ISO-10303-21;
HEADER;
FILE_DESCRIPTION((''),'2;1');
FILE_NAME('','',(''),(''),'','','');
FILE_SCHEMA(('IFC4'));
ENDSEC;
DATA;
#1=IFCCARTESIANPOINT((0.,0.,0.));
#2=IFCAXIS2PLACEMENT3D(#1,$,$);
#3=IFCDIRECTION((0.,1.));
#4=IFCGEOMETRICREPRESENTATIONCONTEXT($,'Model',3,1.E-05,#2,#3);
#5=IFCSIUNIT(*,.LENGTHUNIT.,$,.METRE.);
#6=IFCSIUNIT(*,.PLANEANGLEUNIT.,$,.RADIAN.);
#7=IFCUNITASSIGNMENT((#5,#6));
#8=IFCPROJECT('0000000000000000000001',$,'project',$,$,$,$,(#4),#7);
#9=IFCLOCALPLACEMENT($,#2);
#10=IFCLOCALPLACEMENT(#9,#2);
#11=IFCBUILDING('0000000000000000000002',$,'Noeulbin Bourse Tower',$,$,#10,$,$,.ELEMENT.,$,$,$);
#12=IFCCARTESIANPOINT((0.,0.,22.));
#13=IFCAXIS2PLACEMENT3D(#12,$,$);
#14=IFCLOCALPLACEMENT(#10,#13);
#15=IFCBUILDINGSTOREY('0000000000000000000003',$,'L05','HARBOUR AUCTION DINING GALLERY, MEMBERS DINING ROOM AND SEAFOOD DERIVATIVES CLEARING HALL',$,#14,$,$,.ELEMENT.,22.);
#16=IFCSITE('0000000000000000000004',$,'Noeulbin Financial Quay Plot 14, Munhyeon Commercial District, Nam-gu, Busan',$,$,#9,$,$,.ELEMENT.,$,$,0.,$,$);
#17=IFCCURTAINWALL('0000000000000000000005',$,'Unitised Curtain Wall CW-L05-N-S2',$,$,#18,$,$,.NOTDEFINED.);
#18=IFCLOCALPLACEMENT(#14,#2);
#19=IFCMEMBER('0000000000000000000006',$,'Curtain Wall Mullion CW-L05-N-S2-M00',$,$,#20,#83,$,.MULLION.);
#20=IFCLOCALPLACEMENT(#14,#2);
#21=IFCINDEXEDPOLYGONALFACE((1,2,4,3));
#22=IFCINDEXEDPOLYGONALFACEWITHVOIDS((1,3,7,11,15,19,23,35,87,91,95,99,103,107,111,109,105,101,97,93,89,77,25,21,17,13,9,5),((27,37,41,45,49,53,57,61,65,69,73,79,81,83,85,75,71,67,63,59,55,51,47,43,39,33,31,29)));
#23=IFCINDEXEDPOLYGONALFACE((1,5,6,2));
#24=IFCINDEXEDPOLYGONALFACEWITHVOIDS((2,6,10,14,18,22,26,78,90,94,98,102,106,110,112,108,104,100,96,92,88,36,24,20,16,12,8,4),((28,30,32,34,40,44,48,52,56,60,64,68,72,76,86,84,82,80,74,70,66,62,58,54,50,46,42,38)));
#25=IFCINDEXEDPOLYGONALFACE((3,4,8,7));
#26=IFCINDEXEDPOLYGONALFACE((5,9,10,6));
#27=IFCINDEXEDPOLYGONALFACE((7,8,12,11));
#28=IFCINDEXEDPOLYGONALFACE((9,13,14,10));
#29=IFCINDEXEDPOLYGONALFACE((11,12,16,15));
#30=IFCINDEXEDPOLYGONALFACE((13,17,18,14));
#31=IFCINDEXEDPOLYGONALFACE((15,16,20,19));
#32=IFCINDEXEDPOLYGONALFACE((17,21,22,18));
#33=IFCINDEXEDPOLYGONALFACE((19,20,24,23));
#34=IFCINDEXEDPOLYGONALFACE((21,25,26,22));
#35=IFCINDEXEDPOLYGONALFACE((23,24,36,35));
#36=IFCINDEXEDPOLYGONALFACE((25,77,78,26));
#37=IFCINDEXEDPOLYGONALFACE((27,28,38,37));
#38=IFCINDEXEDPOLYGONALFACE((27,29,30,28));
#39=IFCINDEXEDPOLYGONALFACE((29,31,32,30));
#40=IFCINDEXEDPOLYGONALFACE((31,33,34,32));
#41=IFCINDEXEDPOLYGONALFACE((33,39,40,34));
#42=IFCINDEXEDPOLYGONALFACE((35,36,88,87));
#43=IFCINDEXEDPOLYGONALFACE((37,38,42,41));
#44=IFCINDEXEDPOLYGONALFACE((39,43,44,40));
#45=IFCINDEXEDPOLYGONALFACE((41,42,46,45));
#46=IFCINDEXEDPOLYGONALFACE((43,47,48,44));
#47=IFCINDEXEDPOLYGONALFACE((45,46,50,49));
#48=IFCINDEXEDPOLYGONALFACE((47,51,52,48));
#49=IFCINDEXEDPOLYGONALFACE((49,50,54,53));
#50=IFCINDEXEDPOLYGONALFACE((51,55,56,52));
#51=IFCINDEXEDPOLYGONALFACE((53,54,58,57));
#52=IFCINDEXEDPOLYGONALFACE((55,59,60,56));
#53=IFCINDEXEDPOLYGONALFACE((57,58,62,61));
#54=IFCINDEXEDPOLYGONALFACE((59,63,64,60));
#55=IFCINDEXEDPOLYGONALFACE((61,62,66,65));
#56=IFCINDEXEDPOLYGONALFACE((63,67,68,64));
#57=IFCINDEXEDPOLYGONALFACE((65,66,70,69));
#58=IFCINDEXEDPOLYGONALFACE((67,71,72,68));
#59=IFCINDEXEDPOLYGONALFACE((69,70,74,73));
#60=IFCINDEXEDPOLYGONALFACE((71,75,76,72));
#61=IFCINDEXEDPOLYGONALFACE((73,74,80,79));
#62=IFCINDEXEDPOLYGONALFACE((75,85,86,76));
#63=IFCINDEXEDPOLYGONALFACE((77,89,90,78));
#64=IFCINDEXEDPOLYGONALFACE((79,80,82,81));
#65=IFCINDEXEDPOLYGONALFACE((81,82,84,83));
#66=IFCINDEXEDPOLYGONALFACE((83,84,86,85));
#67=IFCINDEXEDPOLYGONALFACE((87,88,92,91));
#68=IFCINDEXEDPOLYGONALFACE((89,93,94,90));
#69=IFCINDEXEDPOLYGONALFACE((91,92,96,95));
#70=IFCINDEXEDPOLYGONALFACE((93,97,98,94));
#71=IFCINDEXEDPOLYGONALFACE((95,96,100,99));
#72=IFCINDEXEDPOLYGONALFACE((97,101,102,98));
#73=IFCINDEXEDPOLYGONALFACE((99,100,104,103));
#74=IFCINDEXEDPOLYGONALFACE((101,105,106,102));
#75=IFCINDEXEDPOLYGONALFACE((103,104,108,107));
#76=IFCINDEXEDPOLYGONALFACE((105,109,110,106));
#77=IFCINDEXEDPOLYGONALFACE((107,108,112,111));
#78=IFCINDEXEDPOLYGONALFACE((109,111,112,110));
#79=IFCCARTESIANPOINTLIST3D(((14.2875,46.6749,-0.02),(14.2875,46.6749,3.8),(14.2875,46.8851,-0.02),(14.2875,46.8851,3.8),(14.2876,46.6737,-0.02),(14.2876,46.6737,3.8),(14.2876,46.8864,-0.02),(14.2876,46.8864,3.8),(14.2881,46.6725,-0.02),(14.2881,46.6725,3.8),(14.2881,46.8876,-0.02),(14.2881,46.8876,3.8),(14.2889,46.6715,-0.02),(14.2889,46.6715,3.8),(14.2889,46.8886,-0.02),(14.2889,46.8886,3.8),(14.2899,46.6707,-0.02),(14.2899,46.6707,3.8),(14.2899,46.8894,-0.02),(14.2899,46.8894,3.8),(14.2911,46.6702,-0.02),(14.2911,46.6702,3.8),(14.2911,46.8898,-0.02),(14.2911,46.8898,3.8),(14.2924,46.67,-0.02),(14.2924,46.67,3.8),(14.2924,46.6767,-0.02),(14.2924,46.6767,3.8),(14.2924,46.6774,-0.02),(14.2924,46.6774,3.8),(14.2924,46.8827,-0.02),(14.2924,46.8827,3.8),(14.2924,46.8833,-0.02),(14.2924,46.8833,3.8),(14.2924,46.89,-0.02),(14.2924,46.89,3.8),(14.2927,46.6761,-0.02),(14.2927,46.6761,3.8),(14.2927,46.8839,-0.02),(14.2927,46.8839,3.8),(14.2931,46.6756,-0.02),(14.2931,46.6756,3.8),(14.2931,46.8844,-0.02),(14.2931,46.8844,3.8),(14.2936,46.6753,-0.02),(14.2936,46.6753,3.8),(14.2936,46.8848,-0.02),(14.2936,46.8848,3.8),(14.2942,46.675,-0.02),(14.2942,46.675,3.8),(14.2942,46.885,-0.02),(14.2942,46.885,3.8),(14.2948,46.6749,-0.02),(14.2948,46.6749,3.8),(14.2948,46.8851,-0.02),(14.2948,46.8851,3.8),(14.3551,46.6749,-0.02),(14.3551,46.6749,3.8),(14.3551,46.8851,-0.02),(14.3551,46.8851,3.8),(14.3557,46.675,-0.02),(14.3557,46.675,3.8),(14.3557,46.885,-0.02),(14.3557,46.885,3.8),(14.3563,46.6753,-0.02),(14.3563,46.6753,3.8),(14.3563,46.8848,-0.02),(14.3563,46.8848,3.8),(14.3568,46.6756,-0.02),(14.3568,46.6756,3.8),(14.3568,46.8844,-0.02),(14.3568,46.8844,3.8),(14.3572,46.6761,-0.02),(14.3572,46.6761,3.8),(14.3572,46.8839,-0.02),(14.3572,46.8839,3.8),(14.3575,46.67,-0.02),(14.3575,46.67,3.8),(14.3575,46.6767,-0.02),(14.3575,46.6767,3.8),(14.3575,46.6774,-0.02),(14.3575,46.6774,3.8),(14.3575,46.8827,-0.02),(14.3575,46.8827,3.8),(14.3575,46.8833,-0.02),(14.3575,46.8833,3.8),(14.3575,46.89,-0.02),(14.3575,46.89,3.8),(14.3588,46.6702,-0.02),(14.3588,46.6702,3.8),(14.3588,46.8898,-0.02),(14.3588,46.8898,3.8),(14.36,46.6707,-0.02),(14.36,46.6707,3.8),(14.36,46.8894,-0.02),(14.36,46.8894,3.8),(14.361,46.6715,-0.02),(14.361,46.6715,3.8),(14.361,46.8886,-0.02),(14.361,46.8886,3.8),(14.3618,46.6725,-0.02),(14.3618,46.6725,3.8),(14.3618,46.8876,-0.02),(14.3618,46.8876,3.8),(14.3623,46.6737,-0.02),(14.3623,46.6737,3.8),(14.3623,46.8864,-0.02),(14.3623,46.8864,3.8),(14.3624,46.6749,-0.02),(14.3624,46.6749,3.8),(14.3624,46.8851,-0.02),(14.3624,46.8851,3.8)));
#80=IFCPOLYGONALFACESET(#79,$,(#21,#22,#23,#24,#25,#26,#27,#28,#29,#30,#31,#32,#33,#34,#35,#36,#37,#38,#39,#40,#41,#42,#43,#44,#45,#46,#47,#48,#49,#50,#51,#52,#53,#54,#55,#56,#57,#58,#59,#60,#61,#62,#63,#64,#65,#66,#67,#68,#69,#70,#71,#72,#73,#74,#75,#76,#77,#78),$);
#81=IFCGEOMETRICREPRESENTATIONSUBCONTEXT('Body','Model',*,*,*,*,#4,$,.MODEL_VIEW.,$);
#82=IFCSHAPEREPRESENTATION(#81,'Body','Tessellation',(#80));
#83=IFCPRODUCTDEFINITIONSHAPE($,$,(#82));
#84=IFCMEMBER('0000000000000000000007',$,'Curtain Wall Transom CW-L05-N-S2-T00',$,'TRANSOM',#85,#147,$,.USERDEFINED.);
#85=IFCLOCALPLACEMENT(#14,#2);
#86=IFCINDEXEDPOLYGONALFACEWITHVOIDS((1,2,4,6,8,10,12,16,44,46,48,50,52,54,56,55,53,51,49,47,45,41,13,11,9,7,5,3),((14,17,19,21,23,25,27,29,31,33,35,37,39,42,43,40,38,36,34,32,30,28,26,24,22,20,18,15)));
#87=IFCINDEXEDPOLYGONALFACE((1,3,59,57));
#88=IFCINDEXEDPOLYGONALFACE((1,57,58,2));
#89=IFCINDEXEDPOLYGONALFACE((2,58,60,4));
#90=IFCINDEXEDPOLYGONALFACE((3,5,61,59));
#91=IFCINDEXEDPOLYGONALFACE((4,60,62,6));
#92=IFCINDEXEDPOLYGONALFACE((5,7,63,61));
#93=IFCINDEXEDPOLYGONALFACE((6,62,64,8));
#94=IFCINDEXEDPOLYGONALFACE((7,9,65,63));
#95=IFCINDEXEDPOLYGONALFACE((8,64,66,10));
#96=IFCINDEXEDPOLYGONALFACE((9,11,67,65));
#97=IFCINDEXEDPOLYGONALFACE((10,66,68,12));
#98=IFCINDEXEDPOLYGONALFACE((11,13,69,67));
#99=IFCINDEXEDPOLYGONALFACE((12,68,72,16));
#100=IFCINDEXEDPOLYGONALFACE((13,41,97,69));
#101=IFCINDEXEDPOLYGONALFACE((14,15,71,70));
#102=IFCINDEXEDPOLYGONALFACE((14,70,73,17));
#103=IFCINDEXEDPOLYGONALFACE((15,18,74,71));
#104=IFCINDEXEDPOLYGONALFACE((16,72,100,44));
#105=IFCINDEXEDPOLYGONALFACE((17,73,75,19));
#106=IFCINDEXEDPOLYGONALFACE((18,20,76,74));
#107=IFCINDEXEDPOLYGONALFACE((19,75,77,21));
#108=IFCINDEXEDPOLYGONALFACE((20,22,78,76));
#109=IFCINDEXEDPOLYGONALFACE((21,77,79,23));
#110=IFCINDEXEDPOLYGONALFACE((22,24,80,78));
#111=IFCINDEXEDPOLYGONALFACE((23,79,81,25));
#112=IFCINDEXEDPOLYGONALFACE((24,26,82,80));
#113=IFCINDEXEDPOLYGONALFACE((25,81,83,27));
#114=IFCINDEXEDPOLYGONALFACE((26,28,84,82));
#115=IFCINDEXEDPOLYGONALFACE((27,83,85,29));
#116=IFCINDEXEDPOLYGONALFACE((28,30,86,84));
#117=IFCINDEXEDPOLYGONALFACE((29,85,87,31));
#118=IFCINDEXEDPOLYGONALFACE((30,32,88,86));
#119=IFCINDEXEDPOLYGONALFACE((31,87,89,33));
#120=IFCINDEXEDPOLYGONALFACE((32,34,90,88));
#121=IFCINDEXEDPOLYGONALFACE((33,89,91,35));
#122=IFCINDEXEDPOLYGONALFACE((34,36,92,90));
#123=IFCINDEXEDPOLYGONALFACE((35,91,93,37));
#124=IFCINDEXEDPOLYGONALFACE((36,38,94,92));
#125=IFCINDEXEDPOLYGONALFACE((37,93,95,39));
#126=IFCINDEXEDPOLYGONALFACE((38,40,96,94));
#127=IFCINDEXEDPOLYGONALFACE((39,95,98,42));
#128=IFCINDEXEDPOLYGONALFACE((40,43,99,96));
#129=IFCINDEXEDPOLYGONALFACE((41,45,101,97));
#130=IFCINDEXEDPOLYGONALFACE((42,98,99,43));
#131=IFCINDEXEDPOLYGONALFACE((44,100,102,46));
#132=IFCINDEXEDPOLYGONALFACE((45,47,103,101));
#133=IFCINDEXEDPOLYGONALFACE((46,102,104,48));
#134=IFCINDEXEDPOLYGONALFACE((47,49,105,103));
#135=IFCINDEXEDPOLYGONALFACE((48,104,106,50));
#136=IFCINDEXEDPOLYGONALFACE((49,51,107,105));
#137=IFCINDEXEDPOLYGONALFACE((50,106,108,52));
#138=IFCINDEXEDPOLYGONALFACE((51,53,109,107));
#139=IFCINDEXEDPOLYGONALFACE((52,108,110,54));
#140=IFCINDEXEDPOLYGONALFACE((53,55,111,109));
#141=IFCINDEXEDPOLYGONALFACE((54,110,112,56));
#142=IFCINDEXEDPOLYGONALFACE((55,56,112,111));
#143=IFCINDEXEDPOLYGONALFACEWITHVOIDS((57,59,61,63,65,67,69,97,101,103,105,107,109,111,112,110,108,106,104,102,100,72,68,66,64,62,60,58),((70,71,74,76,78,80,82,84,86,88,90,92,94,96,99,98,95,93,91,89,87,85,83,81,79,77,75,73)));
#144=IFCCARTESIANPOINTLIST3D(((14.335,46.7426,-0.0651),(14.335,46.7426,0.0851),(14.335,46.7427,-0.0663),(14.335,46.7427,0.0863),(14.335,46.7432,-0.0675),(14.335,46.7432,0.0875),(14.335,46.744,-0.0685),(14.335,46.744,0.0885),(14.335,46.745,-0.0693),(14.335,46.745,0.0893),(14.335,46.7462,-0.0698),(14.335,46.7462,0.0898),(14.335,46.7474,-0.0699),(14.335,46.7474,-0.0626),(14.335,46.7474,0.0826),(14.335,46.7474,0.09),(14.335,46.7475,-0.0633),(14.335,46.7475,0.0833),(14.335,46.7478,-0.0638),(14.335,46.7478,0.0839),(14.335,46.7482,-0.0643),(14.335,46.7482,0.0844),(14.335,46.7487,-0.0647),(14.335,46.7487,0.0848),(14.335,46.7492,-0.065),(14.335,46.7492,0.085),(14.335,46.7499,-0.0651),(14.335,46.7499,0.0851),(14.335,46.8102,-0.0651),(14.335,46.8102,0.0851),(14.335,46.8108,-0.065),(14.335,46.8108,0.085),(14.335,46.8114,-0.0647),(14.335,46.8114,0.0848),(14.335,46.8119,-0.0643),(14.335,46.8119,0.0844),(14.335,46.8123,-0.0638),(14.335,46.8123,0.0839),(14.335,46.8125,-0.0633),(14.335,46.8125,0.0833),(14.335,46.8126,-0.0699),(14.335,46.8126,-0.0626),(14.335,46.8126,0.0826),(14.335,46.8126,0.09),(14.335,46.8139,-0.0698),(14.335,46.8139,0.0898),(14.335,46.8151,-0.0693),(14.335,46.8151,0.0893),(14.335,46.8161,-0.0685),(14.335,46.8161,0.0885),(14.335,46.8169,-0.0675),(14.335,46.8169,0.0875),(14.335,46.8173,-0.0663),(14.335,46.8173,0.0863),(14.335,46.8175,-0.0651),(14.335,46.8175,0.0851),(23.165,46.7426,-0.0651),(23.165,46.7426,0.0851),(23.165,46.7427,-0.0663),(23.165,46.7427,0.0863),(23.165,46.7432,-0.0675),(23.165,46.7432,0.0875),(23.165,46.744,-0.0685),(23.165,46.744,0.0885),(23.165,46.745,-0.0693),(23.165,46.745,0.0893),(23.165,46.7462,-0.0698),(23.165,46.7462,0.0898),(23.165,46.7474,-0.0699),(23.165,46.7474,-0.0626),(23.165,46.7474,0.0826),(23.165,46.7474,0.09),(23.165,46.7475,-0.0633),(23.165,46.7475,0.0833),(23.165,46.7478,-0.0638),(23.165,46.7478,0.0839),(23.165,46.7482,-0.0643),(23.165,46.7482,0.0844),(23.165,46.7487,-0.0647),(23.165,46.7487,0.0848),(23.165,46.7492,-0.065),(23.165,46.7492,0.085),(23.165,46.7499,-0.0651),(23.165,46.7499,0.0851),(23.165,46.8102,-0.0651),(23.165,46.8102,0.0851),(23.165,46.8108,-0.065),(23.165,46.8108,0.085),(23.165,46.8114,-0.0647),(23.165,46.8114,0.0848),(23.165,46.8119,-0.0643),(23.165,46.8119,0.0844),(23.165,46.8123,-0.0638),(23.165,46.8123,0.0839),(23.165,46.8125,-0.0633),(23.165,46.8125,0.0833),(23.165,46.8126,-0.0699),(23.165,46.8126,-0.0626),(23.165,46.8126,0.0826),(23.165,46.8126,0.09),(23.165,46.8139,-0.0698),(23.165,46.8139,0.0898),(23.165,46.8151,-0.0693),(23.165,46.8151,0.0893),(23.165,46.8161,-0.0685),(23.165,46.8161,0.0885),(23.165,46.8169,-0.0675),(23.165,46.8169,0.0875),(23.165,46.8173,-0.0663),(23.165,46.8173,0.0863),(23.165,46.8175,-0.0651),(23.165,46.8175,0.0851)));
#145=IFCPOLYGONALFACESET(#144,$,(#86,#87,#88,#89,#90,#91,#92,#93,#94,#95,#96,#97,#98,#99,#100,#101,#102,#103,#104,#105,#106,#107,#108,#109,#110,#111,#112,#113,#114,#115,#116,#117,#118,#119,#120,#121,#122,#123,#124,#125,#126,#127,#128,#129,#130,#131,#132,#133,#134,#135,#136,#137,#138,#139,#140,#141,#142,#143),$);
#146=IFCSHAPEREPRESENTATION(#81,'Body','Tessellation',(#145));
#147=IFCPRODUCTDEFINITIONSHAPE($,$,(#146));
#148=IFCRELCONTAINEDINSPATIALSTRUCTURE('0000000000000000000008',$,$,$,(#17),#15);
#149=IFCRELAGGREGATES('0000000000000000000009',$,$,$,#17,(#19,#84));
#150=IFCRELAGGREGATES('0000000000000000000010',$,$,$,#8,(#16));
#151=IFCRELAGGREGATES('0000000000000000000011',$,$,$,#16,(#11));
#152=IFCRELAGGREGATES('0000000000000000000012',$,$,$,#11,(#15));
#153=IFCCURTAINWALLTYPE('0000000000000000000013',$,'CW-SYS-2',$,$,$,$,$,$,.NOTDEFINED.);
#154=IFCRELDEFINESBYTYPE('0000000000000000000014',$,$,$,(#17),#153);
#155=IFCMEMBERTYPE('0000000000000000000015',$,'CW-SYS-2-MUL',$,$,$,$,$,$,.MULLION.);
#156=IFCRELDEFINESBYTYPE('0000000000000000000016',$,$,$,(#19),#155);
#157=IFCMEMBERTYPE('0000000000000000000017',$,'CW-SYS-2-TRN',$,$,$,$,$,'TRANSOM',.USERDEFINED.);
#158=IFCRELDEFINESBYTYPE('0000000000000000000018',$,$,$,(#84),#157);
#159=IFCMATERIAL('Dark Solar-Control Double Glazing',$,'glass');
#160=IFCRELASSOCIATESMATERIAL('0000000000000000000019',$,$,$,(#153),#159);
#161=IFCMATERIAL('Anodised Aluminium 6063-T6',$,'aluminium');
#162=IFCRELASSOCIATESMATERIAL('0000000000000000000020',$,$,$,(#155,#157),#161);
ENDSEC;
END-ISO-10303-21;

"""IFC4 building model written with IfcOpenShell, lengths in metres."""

from ifc_helpers import new_model, si_unit, direction, frame, origin, origin_2d, place, context, subcontext, project, spatial, hollow_rectangle, extrude, material, material_profile, profile_set, type_object, element, aggregate, save


model = new_model("IFC4")

# Units and contexts
model_context = context("Model", 3, precision=1e-05, world=origin(), true_north=direction((0.0, 1.0)))
body_context = subcontext(model_context, "Body", "Model", "MODEL_VIEW")
ifc_project = project(units=[si_unit("LENGTHUNIT", "METRE"), si_unit("PLANEANGLEUNIT", "RADIAN")], contexts=[model_context])

# Site, building, storey
site_placement = place(None, origin())
site = spatial("IfcSite", under=ifc_project, at=site_placement, Name="Noeulbin Financial Quay Plot 14, Munhyeon Commercial District, Nam-gu, Busan", CompositionType="ELEMENT", RefElevation=0.0)
building_placement = place(site_placement, origin())
building = spatial("IfcBuilding", under=site, at=building_placement, Name="Noeulbin Bourse Tower", CompositionType="ELEMENT")
storey_placement = place(building_placement, frame((0.0, 0.0, 22.0)))
storey = spatial("IfcBuildingStorey", under=building, at=storey_placement, Name="L05", Description="HARBOUR AUCTION DINING GALLERY, MEMBERS DINING ROOM AND SEAFOOD DERIVATIVES CLEARING HALL", CompositionType="ELEMENT", Elevation=22.0)

# Curtain wall, members
ifc_material_1 = material(Name="Dark Solar-Control Double Glazing", Category="glass")
curtain_wall_type = type_object("IfcCurtainWallType", Name="CW-SYS-2", PredefinedType="NOTDEFINED", material=ifc_material_1)
ifc_material_2 = material(Name="Anodised Aluminium 6063-T6", Category="aluminium")
ifc_material_profile_1 = material_profile(ifc_material_2, hollow_rectangle(XDim=0.075, YDim=0.22, WallThickness=0.0049, InnerFilletRadius=0.0024, OuterFilletRadius=0.0049, at=origin_2d()), Name="ALU-MULL-75x220x5", Category="LoadBearing")
ifc_profile_set_1 = profile_set([ifc_material_profile_1], Name="Anodised Aluminium 6063-T6")
member_type_1 = type_object("IfcMemberType", Name="CW-SYS-2-MUL", PredefinedType="MULLION", material=ifc_profile_set_1)
curtain_wall_1_placement = place(storey_placement, origin())
curtain_wall_1 = element("IfcCurtainWall", 1, at=curtain_wall_1_placement, inside=storey, type_object=curtain_wall_type, Name="Unitised Curtain Wall CW-L05-N-S2", PredefinedType="NOTDEFINED")
member_1_placement = place(storey_placement, frame((14.325, 46.78, -0.02), z_axis=(0.0, 0.0, 1.0), x_axis=(1.0, 0.0, 0.0)))
member_1 = element("IfcMember", 2, at=member_1_placement, type_object=member_type_1, Name="Curtain Wall Mullion CW-L05-N-S2-M00", PredefinedType="MULLION", context=body_context, shape_type="SweptSolid", body=[
    extrude(hollow_rectangle(XDim=0.075, YDim=0.22, WallThickness=0.0049, InnerFilletRadius=0.0024, OuterFilletRadius=0.0049, at=origin_2d()), origin(), (0.0, 0.0, 1.0), 3.8201),
])
ifc_material_profile_2 = material_profile(ifc_material_2, hollow_rectangle(XDim=0.075, YDim=0.1599, WallThickness=0.0049, InnerFilletRadius=0.0024, OuterFilletRadius=0.0049, at=origin_2d()), Name="ALU-TRAN-75x160x5", Category="LoadBearing")
ifc_profile_set_2 = profile_set([ifc_material_profile_2], Name="Anodised Aluminium 6063-T6")
member_type_2 = type_object("IfcMemberType", Name="CW-SYS-2-TRN", ElementType="TRANSOM", PredefinedType="USERDEFINED", material=ifc_profile_set_2)
member_2_placement = place(storey_placement, frame((14.335, 46.78, 0.01), z_axis=(1.0, 0.0, 0.0), x_axis=(0.0, 1.0, 0.0)))
member_2 = element("IfcMember", 3, at=member_2_placement, type_object=member_type_2, Name="Curtain Wall Transom CW-L05-N-S2-T00", ObjectType="TRANSOM", PredefinedType="USERDEFINED", context=body_context, shape_type="SweptSolid", body=[
    extrude(hollow_rectangle(XDim=0.075, YDim=0.1599, WallThickness=0.0049, InnerFilletRadius=0.0024, OuterFilletRadius=0.0049, at=origin_2d()), origin(), (0.0, 0.0, 1.0), 8.8301),
])
aggregate(curtain_wall_1, [member_1, member_2])

save(model, "model.ifc")
